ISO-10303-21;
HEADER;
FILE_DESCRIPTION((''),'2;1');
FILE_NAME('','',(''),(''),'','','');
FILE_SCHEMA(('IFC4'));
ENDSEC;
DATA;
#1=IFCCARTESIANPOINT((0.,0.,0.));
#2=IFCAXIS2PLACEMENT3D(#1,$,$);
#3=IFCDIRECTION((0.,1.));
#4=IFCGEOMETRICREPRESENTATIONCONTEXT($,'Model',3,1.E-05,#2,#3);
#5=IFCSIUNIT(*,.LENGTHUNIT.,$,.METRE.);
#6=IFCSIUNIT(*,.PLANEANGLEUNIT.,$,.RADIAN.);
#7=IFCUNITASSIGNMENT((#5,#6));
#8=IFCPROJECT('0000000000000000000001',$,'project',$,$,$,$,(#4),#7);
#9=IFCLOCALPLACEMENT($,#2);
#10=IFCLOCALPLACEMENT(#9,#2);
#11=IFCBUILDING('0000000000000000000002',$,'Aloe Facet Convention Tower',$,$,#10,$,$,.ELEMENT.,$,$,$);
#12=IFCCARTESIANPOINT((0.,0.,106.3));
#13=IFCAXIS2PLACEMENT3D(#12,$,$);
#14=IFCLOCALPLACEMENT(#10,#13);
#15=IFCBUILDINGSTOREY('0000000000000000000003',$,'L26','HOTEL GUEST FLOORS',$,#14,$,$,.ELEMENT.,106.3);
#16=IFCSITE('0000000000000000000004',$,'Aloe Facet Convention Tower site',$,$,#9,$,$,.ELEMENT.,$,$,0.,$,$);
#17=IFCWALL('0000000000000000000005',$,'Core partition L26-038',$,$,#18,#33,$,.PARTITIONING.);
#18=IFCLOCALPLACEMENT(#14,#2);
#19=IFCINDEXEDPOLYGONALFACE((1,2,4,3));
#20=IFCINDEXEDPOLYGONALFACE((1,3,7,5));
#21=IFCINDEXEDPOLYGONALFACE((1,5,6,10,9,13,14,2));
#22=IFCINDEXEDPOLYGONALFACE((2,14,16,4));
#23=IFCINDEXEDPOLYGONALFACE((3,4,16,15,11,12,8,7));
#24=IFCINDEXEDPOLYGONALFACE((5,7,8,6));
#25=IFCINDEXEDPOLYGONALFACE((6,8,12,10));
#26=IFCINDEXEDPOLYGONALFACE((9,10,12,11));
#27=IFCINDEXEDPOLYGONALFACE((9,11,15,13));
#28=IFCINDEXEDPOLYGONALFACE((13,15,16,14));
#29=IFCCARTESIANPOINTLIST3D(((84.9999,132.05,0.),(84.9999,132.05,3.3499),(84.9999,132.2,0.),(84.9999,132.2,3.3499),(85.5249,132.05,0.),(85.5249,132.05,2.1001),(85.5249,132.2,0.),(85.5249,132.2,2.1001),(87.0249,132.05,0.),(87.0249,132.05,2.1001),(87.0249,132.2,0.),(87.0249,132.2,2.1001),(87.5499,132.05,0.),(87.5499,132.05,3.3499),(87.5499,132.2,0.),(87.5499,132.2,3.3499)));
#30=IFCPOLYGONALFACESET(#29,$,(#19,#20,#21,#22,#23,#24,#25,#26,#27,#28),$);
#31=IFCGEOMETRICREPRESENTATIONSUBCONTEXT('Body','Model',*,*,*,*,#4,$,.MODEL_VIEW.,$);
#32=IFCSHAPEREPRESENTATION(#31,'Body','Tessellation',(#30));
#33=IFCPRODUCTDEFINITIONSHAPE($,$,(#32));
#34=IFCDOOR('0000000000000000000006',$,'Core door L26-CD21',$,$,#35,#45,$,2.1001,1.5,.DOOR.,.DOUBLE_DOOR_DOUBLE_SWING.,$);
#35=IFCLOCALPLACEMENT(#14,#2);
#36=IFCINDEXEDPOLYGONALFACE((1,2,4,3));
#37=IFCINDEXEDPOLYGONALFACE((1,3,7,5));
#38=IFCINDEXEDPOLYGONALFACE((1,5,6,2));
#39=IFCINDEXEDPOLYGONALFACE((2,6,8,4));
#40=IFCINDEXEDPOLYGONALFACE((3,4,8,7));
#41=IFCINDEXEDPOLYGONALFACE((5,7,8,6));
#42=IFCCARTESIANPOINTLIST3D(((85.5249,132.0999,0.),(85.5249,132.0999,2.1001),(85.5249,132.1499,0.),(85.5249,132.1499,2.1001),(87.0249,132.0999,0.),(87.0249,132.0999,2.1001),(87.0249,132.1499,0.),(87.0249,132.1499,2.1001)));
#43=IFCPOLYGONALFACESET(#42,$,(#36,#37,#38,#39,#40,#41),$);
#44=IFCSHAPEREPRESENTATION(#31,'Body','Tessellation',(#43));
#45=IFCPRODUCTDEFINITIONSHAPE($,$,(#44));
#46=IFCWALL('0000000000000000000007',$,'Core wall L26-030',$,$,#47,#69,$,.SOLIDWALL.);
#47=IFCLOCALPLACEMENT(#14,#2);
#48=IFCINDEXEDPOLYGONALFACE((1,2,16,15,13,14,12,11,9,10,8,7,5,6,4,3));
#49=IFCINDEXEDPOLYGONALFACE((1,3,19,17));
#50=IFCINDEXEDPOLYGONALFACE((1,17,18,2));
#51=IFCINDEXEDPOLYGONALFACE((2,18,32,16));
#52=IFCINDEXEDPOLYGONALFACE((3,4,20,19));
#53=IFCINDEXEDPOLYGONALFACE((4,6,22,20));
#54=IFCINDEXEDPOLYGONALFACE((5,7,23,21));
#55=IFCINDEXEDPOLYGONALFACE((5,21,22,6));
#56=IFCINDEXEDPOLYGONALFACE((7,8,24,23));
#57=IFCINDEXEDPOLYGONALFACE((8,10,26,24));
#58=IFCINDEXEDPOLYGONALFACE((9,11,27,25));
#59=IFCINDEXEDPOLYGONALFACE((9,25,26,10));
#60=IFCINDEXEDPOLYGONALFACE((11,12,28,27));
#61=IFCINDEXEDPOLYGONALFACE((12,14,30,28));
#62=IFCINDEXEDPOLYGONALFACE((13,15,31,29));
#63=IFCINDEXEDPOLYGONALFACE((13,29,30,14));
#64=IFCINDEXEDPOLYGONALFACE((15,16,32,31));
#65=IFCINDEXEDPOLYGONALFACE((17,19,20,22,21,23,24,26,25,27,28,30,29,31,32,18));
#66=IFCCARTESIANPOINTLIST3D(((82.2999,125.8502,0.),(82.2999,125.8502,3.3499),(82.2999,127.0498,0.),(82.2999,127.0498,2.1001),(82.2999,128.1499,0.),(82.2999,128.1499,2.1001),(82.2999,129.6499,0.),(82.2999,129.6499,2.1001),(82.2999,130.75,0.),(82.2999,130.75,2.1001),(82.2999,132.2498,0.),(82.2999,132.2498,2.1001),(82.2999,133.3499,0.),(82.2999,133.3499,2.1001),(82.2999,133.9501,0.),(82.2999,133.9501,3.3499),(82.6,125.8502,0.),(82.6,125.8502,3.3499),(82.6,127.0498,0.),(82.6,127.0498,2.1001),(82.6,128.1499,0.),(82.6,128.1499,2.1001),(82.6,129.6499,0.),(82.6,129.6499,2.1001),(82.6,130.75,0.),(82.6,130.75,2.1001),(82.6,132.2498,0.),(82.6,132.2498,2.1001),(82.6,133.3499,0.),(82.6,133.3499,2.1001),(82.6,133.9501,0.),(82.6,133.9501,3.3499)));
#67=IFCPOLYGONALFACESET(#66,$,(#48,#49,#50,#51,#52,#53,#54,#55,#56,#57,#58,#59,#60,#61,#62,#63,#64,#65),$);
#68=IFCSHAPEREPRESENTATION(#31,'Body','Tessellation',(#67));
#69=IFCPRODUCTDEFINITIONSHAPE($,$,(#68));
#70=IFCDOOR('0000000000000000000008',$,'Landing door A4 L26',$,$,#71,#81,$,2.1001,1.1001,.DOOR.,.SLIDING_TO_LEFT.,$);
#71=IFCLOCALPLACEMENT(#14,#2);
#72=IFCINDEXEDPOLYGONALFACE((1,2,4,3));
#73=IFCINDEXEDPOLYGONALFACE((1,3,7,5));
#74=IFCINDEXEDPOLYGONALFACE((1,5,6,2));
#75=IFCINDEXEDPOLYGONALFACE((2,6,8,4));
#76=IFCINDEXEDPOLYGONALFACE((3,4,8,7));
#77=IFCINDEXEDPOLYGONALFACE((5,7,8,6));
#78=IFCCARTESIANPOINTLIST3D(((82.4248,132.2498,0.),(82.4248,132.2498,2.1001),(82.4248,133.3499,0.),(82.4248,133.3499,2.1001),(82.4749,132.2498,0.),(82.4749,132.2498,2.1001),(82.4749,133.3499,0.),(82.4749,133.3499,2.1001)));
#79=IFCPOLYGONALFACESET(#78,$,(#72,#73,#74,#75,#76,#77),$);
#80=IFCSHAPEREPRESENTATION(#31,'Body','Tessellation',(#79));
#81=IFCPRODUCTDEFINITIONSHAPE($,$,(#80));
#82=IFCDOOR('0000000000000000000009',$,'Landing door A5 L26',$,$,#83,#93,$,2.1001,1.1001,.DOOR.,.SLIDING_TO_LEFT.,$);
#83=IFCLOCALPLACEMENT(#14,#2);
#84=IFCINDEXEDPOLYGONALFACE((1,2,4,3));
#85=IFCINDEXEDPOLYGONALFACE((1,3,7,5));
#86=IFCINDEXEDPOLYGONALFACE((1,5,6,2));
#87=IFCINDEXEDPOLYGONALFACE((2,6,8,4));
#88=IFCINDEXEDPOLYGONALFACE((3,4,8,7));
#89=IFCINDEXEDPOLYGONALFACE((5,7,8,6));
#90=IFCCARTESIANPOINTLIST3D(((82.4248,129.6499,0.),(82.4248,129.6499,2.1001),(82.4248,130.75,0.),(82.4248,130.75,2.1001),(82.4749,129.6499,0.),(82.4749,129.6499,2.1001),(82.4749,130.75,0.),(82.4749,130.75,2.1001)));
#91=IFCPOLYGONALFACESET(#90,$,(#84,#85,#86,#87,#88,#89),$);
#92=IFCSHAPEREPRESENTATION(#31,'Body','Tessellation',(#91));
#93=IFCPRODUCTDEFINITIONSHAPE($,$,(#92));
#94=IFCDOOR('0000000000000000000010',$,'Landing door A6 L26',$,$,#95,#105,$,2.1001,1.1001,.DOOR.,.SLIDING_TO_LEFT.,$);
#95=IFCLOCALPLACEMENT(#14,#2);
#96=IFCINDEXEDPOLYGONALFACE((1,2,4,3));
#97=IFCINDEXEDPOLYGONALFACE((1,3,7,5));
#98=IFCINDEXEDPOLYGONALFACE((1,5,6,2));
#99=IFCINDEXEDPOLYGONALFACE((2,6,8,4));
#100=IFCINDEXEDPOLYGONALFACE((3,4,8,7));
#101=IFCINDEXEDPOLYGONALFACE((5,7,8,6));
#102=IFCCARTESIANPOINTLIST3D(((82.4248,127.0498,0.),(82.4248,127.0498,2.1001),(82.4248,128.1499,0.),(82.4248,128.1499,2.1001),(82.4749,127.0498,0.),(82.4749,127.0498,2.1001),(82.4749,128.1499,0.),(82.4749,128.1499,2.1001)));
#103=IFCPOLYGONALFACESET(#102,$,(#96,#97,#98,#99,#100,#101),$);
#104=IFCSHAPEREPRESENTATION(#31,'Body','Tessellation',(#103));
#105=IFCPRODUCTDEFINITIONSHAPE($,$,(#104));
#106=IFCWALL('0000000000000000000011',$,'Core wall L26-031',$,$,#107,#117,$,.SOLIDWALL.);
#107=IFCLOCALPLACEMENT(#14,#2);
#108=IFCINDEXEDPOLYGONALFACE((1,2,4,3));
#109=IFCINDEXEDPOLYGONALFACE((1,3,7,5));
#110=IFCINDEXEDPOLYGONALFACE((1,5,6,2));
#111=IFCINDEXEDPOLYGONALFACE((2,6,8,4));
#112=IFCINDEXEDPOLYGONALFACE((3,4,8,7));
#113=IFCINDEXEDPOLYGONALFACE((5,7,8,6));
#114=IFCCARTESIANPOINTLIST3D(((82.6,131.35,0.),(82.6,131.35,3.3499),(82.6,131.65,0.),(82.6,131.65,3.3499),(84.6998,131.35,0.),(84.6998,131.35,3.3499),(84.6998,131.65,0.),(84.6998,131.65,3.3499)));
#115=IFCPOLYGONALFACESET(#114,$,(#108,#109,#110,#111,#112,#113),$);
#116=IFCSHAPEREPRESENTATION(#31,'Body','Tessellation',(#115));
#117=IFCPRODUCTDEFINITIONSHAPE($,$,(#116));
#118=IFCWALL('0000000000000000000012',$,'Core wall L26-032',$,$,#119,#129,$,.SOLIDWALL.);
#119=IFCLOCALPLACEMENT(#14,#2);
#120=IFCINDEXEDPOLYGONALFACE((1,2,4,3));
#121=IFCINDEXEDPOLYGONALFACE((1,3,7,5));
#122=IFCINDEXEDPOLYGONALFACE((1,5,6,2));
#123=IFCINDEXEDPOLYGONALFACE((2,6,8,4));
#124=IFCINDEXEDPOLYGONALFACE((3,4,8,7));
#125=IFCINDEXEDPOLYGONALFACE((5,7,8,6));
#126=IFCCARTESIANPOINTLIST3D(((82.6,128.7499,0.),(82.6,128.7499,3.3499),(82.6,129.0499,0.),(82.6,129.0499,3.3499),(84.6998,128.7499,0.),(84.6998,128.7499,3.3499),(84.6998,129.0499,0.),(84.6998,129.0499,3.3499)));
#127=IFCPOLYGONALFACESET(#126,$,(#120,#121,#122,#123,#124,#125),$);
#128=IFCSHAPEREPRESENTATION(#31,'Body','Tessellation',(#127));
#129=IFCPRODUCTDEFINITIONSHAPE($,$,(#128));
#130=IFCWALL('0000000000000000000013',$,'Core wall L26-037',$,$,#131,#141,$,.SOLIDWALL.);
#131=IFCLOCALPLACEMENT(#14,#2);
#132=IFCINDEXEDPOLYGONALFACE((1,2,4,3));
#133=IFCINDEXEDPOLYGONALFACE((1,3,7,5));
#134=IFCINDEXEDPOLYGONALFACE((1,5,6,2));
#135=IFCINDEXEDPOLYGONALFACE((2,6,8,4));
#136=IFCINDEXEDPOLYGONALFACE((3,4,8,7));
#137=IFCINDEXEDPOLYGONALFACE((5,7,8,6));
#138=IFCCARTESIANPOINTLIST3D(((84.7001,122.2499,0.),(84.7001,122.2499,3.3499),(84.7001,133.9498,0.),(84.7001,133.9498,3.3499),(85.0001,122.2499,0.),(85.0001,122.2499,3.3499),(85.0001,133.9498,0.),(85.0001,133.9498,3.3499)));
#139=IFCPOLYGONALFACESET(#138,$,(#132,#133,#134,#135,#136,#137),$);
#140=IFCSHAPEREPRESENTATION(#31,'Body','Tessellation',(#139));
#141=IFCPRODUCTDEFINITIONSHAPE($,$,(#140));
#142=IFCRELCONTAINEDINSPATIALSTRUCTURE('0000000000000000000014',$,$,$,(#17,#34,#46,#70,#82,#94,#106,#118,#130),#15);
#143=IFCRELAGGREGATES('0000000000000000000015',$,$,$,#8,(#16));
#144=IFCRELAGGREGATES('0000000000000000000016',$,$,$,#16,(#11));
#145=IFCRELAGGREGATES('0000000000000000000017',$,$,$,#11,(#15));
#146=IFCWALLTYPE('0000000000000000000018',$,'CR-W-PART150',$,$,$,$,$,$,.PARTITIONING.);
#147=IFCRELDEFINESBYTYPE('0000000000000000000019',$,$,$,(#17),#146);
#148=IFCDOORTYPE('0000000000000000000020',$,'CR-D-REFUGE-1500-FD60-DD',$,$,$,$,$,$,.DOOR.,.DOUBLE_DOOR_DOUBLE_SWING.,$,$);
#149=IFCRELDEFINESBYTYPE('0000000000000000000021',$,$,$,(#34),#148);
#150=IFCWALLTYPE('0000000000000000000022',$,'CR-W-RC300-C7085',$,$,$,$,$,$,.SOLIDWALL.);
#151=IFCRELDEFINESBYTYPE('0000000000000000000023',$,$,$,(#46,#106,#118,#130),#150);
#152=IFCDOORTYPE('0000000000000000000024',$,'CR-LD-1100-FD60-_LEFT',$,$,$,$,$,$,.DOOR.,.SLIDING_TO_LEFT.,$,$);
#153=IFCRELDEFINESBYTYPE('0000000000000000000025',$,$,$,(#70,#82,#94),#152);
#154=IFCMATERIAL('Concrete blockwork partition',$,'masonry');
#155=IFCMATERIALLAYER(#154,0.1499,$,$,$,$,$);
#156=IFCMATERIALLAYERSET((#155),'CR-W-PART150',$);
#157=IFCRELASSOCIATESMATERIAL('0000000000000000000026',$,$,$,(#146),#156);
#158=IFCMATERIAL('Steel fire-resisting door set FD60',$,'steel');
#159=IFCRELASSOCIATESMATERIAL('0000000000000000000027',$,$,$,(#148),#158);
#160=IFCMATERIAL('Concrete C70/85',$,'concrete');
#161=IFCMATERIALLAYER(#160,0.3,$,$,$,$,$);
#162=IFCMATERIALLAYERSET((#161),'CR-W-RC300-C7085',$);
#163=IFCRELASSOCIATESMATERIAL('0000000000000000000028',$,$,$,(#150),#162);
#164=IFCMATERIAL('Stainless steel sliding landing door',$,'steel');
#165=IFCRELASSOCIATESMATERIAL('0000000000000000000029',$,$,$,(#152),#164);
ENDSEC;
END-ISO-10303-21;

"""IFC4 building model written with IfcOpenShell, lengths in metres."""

from ifc_helpers import new_model, si_unit, direction, frame, frame_2d, origin, place, context, subcontext, project, spatial, rectangle, extrude, material, layer, layer_set, type_object, element, fill, save


model = new_model("IFC4")

# Units and contexts
model_context = context("Model", 3, precision=1e-05, world=origin(), true_north=direction((0.0, 1.0)))
body_context = subcontext(model_context, "Body", "Model", "MODEL_VIEW")
ifc_project = project(units=[si_unit("LENGTHUNIT", "METRE"), si_unit("PLANEANGLEUNIT", "RADIAN")], contexts=[model_context])

# Site, building, storey
site_placement = place(None, origin())
site = spatial("IfcSite", under=ifc_project, at=site_placement, Name="Aloe Facet Convention Tower site", CompositionType="ELEMENT", RefElevation=0.0)
building_placement = place(site_placement, origin())
building = spatial("IfcBuilding", under=site, at=building_placement, Name="Aloe Facet Convention Tower", CompositionType="ELEMENT")
storey_placement = place(building_placement, frame((0.0, 0.0, 106.3)))
storey = spatial("IfcBuildingStorey", under=building, at=storey_placement, Name="L26", Description="HOTEL GUEST FLOORS", CompositionType="ELEMENT", Elevation=106.3)

# Wall, opening, door
ifc_material_1 = material(Name="Concrete blockwork partition", Category="masonry")
ifc_layer_1 = layer(ifc_material_1, 0.1499)
ifc_layer_set_1 = layer_set([ifc_layer_1], Name="CR-W-PART150")
wall_type_1 = type_object("IfcWallType", Name="CR-W-PART150", PredefinedType="PARTITIONING", material=ifc_layer_set_1)
wall_1_placement = place(storey_placement, frame((85.0, 132.125, 0.0), z_axis=(0.0, 0.0, 1.0), x_axis=(1.0, 0.0, 0.0)))
wall_1 = element("IfcWall", 1, at=wall_1_placement, inside=storey, type_object=wall_type_1, Name="Core partition L26-038", PredefinedType="PARTITIONING", context=body_context, shape_type="SweptSolid", body=[
    extrude(rectangle(XDim=2.55, YDim=0.1499, at=frame_2d((1.2749, 0.0))), origin(), (0.0, 0.0, 1.0), 3.3499),
])
opening_1_placement = place(wall_1_placement, frame((0.5249, 0.0, 0.0)))
opening_1 = element("IfcOpeningElement", 2, at=opening_1_placement, cuts=wall_1, PredefinedType="OPENING", context=body_context, shape_type="SweptSolid", body=[
    extrude(rectangle(XDim=1.5, YDim=2.1001, at=frame_2d((0.75, 1.05))), frame((0.0, 0.085, 0.0), z_axis=(0.0, -1.0, 0.0), x_axis=(1.0, 0.0, 0.0)), (0.0, 0.0, 1.0), 0.1699),
])
ifc_material_2 = material(Name="Steel fire-resisting door set FD60", Category="steel")
door_type_1 = type_object("IfcDoorType", Name="CR-D-REFUGE-1500-FD60-DD", OperationType="DOUBLE_DOOR_DOUBLE_SWING", PredefinedType="DOOR", material=ifc_material_2)
door_1_placement = place(opening_1_placement, origin())
door_1 = element("IfcDoor", 3, at=door_1_placement, inside=storey, type_object=door_type_1, Name="Core door L26-CD21", OperationType="DOUBLE_DOOR_DOUBLE_SWING", OverallHeight=2.1001, OverallWidth=1.5, PredefinedType="DOOR", context=body_context, shape_type="SweptSolid", body=[
    extrude(rectangle(XDim=1.5, YDim=2.1001, at=frame_2d((0.75, 1.05))), frame((0.0, 0.0249, 0.0), z_axis=(0.0, -1.0, 0.0), x_axis=(1.0, 0.0, 0.0)), (0.0, 0.0, 1.0), 0.05),
])
fill(opening_1, door_1)

# Wall, openings, doors
ifc_material_3 = material(Name="Concrete C70/85", Category="concrete")
ifc_layer_2 = layer(ifc_material_3, 0.3)
ifc_layer_set_2 = layer_set([ifc_layer_2], Name="CR-W-RC300-C7085")
wall_type_2 = type_object("IfcWallType", Name="CR-W-RC300-C7085", PredefinedType="SOLIDWALL", material=ifc_layer_set_2)
wall_2_placement = place(storey_placement, frame((82.45, 133.95, 0.0), z_axis=(0.0, 0.0, 1.0), x_axis=(0.0, -1.0, 0.0)))
wall_2 = element("IfcWall", 4, at=wall_2_placement, inside=storey, type_object=wall_type_2, Name="Core wall L26-030", PredefinedType="SOLIDWALL", context=body_context, shape_type="SweptSolid", body=[
    extrude(rectangle(XDim=8.0999, YDim=0.3, at=frame_2d((4.0498, 0.0))), origin(), (0.0, 0.0, 1.0), 3.3499),
])
opening_2_placement = place(wall_2_placement, frame((0.6001, 0.0, 0.0)))
opening_2 = element("IfcOpeningElement", 5, at=opening_2_placement, cuts=wall_2, PredefinedType="OPENING", context=body_context, shape_type="SweptSolid", body=[
    extrude(rectangle(XDim=1.1001, YDim=2.1001, at=frame_2d((0.55, 1.05))), frame((0.0, 0.1602, 0.0), z_axis=(0.0, -1.0, 0.0), x_axis=(1.0, 0.0, 0.0)), (0.0, 0.0, 1.0), 0.3201),
])
opening_3_placement = place(wall_2_placement, frame((3.2, 0.0, 0.0)))
opening_3 = element("IfcOpeningElement", 6, at=opening_3_placement, cuts=wall_2, PredefinedType="OPENING", context=body_context, shape_type="SweptSolid", body=[
    extrude(rectangle(XDim=1.1001, YDim=2.1001, at=frame_2d((0.55, 1.05))), frame((0.0, 0.1602, 0.0), z_axis=(0.0, -1.0, 0.0), x_axis=(1.0, 0.0, 0.0)), (0.0, 0.0, 1.0), 0.3201),
])
opening_4_placement = place(wall_2_placement, frame((5.8, 0.0, 0.0)))
opening_4 = element("IfcOpeningElement", 7, at=opening_4_placement, cuts=wall_2, PredefinedType="OPENING", context=body_context, shape_type="SweptSolid", body=[
    extrude(rectangle(XDim=1.1001, YDim=2.1001, at=frame_2d((0.55, 1.05))), frame((0.0, 0.1602, 0.0), z_axis=(0.0, -1.0, 0.0), x_axis=(1.0, 0.0, 0.0)), (0.0, 0.0, 1.0), 0.3201),
])
ifc_material_4 = material(Name="Stainless steel sliding landing door", Category="steel")
door_type_2 = type_object("IfcDoorType", Name="CR-LD-1100-FD60-_LEFT", OperationType="SLIDING_TO_LEFT", PredefinedType="DOOR", material=ifc_material_4)
door_2_placement = place(opening_2_placement, origin())
door_2 = element("IfcDoor", 8, at=door_2_placement, inside=storey, type_object=door_type_2, Name="Landing door A4 L26", OperationType="SLIDING_TO_LEFT", OverallHeight=2.1001, OverallWidth=1.1001, PredefinedType="DOOR", context=body_context, shape_type="SweptSolid", body=[
    extrude(rectangle(XDim=1.1001, YDim=2.1001, at=frame_2d((0.55, 1.05))), frame((0.0, 0.0249, 0.0), z_axis=(0.0, -1.0, 0.0), x_axis=(1.0, 0.0, 0.0)), (0.0, 0.0, 1.0), 0.05),
])
fill(opening_2, door_2)
door_3_placement = place(opening_3_placement, origin())
door_3 = element("IfcDoor", 9, at=door_3_placement, inside=storey, type_object=door_type_2, Name="Landing door A5 L26", OperationType="SLIDING_TO_LEFT", OverallHeight=2.1001, OverallWidth=1.1001, PredefinedType="DOOR", context=body_context, shape_type="SweptSolid", body=[
    extrude(rectangle(XDim=1.1001, YDim=2.1001, at=frame_2d((0.55, 1.05))), frame((0.0, 0.0249, 0.0), z_axis=(0.0, -1.0, 0.0), x_axis=(1.0, 0.0, 0.0)), (0.0, 0.0, 1.0), 0.05),
])
fill(opening_3, door_3)
door_4_placement = place(opening_4_placement, origin())
door_4 = element("IfcDoor", 10, at=door_4_placement, inside=storey, type_object=door_type_2, Name="Landing door A6 L26", OperationType="SLIDING_TO_LEFT", OverallHeight=2.1001, OverallWidth=1.1001, PredefinedType="DOOR", context=body_context, shape_type="SweptSolid", body=[
    extrude(rectangle(XDim=1.1001, YDim=2.1001, at=frame_2d((0.55, 1.05))), frame((0.0, 0.0249, 0.0), z_axis=(0.0, -1.0, 0.0), x_axis=(1.0, 0.0, 0.0)), (0.0, 0.0, 1.0), 0.05),
])
fill(opening_4, door_4)

# Walls
for number, where, z_axis, x_axis, name in (
    (11, (82.6001, 131.5, 0.0), (0.0, 0.0, 1.0), (1.0, 0.0, 0.0), "Core wall L26-031"),
    (12, (82.6001, 128.8999, 0.0), (0.0, 0.0, 1.0), (1.0, 0.0, 0.0), "Core wall L26-032"),
):
    element("IfcWall", number, at=place(storey_placement, frame(where, z_axis=z_axis, x_axis=x_axis)), inside=storey, type_object=wall_type_2, Name=name, PredefinedType="SOLIDWALL", context=body_context, shape_type="SweptSolid", body=[
        extrude(rectangle(XDim=2.0999, YDim=0.3, at=frame_2d((1.0498, 0.0))), origin(), (0.0, 0.0, 1.0), 3.3499),
    ])
wall_3_placement = place(storey_placement, frame((84.8501, 133.95, 0.0), z_axis=(0.0, 0.0, 1.0), x_axis=(0.0, -1.0, 0.0)))
element("IfcWall", 13, at=wall_3_placement, inside=storey, type_object=wall_type_2, Name="Core wall L26-037", PredefinedType="SOLIDWALL", context=body_context, shape_type="SweptSolid", body=[
    extrude(rectangle(XDim=11.7, YDim=0.3, at=frame_2d((5.8501, 0.0))), origin(), (0.0, 0.0, 1.0), 3.3499),
])

save(model, "model.ifc")
